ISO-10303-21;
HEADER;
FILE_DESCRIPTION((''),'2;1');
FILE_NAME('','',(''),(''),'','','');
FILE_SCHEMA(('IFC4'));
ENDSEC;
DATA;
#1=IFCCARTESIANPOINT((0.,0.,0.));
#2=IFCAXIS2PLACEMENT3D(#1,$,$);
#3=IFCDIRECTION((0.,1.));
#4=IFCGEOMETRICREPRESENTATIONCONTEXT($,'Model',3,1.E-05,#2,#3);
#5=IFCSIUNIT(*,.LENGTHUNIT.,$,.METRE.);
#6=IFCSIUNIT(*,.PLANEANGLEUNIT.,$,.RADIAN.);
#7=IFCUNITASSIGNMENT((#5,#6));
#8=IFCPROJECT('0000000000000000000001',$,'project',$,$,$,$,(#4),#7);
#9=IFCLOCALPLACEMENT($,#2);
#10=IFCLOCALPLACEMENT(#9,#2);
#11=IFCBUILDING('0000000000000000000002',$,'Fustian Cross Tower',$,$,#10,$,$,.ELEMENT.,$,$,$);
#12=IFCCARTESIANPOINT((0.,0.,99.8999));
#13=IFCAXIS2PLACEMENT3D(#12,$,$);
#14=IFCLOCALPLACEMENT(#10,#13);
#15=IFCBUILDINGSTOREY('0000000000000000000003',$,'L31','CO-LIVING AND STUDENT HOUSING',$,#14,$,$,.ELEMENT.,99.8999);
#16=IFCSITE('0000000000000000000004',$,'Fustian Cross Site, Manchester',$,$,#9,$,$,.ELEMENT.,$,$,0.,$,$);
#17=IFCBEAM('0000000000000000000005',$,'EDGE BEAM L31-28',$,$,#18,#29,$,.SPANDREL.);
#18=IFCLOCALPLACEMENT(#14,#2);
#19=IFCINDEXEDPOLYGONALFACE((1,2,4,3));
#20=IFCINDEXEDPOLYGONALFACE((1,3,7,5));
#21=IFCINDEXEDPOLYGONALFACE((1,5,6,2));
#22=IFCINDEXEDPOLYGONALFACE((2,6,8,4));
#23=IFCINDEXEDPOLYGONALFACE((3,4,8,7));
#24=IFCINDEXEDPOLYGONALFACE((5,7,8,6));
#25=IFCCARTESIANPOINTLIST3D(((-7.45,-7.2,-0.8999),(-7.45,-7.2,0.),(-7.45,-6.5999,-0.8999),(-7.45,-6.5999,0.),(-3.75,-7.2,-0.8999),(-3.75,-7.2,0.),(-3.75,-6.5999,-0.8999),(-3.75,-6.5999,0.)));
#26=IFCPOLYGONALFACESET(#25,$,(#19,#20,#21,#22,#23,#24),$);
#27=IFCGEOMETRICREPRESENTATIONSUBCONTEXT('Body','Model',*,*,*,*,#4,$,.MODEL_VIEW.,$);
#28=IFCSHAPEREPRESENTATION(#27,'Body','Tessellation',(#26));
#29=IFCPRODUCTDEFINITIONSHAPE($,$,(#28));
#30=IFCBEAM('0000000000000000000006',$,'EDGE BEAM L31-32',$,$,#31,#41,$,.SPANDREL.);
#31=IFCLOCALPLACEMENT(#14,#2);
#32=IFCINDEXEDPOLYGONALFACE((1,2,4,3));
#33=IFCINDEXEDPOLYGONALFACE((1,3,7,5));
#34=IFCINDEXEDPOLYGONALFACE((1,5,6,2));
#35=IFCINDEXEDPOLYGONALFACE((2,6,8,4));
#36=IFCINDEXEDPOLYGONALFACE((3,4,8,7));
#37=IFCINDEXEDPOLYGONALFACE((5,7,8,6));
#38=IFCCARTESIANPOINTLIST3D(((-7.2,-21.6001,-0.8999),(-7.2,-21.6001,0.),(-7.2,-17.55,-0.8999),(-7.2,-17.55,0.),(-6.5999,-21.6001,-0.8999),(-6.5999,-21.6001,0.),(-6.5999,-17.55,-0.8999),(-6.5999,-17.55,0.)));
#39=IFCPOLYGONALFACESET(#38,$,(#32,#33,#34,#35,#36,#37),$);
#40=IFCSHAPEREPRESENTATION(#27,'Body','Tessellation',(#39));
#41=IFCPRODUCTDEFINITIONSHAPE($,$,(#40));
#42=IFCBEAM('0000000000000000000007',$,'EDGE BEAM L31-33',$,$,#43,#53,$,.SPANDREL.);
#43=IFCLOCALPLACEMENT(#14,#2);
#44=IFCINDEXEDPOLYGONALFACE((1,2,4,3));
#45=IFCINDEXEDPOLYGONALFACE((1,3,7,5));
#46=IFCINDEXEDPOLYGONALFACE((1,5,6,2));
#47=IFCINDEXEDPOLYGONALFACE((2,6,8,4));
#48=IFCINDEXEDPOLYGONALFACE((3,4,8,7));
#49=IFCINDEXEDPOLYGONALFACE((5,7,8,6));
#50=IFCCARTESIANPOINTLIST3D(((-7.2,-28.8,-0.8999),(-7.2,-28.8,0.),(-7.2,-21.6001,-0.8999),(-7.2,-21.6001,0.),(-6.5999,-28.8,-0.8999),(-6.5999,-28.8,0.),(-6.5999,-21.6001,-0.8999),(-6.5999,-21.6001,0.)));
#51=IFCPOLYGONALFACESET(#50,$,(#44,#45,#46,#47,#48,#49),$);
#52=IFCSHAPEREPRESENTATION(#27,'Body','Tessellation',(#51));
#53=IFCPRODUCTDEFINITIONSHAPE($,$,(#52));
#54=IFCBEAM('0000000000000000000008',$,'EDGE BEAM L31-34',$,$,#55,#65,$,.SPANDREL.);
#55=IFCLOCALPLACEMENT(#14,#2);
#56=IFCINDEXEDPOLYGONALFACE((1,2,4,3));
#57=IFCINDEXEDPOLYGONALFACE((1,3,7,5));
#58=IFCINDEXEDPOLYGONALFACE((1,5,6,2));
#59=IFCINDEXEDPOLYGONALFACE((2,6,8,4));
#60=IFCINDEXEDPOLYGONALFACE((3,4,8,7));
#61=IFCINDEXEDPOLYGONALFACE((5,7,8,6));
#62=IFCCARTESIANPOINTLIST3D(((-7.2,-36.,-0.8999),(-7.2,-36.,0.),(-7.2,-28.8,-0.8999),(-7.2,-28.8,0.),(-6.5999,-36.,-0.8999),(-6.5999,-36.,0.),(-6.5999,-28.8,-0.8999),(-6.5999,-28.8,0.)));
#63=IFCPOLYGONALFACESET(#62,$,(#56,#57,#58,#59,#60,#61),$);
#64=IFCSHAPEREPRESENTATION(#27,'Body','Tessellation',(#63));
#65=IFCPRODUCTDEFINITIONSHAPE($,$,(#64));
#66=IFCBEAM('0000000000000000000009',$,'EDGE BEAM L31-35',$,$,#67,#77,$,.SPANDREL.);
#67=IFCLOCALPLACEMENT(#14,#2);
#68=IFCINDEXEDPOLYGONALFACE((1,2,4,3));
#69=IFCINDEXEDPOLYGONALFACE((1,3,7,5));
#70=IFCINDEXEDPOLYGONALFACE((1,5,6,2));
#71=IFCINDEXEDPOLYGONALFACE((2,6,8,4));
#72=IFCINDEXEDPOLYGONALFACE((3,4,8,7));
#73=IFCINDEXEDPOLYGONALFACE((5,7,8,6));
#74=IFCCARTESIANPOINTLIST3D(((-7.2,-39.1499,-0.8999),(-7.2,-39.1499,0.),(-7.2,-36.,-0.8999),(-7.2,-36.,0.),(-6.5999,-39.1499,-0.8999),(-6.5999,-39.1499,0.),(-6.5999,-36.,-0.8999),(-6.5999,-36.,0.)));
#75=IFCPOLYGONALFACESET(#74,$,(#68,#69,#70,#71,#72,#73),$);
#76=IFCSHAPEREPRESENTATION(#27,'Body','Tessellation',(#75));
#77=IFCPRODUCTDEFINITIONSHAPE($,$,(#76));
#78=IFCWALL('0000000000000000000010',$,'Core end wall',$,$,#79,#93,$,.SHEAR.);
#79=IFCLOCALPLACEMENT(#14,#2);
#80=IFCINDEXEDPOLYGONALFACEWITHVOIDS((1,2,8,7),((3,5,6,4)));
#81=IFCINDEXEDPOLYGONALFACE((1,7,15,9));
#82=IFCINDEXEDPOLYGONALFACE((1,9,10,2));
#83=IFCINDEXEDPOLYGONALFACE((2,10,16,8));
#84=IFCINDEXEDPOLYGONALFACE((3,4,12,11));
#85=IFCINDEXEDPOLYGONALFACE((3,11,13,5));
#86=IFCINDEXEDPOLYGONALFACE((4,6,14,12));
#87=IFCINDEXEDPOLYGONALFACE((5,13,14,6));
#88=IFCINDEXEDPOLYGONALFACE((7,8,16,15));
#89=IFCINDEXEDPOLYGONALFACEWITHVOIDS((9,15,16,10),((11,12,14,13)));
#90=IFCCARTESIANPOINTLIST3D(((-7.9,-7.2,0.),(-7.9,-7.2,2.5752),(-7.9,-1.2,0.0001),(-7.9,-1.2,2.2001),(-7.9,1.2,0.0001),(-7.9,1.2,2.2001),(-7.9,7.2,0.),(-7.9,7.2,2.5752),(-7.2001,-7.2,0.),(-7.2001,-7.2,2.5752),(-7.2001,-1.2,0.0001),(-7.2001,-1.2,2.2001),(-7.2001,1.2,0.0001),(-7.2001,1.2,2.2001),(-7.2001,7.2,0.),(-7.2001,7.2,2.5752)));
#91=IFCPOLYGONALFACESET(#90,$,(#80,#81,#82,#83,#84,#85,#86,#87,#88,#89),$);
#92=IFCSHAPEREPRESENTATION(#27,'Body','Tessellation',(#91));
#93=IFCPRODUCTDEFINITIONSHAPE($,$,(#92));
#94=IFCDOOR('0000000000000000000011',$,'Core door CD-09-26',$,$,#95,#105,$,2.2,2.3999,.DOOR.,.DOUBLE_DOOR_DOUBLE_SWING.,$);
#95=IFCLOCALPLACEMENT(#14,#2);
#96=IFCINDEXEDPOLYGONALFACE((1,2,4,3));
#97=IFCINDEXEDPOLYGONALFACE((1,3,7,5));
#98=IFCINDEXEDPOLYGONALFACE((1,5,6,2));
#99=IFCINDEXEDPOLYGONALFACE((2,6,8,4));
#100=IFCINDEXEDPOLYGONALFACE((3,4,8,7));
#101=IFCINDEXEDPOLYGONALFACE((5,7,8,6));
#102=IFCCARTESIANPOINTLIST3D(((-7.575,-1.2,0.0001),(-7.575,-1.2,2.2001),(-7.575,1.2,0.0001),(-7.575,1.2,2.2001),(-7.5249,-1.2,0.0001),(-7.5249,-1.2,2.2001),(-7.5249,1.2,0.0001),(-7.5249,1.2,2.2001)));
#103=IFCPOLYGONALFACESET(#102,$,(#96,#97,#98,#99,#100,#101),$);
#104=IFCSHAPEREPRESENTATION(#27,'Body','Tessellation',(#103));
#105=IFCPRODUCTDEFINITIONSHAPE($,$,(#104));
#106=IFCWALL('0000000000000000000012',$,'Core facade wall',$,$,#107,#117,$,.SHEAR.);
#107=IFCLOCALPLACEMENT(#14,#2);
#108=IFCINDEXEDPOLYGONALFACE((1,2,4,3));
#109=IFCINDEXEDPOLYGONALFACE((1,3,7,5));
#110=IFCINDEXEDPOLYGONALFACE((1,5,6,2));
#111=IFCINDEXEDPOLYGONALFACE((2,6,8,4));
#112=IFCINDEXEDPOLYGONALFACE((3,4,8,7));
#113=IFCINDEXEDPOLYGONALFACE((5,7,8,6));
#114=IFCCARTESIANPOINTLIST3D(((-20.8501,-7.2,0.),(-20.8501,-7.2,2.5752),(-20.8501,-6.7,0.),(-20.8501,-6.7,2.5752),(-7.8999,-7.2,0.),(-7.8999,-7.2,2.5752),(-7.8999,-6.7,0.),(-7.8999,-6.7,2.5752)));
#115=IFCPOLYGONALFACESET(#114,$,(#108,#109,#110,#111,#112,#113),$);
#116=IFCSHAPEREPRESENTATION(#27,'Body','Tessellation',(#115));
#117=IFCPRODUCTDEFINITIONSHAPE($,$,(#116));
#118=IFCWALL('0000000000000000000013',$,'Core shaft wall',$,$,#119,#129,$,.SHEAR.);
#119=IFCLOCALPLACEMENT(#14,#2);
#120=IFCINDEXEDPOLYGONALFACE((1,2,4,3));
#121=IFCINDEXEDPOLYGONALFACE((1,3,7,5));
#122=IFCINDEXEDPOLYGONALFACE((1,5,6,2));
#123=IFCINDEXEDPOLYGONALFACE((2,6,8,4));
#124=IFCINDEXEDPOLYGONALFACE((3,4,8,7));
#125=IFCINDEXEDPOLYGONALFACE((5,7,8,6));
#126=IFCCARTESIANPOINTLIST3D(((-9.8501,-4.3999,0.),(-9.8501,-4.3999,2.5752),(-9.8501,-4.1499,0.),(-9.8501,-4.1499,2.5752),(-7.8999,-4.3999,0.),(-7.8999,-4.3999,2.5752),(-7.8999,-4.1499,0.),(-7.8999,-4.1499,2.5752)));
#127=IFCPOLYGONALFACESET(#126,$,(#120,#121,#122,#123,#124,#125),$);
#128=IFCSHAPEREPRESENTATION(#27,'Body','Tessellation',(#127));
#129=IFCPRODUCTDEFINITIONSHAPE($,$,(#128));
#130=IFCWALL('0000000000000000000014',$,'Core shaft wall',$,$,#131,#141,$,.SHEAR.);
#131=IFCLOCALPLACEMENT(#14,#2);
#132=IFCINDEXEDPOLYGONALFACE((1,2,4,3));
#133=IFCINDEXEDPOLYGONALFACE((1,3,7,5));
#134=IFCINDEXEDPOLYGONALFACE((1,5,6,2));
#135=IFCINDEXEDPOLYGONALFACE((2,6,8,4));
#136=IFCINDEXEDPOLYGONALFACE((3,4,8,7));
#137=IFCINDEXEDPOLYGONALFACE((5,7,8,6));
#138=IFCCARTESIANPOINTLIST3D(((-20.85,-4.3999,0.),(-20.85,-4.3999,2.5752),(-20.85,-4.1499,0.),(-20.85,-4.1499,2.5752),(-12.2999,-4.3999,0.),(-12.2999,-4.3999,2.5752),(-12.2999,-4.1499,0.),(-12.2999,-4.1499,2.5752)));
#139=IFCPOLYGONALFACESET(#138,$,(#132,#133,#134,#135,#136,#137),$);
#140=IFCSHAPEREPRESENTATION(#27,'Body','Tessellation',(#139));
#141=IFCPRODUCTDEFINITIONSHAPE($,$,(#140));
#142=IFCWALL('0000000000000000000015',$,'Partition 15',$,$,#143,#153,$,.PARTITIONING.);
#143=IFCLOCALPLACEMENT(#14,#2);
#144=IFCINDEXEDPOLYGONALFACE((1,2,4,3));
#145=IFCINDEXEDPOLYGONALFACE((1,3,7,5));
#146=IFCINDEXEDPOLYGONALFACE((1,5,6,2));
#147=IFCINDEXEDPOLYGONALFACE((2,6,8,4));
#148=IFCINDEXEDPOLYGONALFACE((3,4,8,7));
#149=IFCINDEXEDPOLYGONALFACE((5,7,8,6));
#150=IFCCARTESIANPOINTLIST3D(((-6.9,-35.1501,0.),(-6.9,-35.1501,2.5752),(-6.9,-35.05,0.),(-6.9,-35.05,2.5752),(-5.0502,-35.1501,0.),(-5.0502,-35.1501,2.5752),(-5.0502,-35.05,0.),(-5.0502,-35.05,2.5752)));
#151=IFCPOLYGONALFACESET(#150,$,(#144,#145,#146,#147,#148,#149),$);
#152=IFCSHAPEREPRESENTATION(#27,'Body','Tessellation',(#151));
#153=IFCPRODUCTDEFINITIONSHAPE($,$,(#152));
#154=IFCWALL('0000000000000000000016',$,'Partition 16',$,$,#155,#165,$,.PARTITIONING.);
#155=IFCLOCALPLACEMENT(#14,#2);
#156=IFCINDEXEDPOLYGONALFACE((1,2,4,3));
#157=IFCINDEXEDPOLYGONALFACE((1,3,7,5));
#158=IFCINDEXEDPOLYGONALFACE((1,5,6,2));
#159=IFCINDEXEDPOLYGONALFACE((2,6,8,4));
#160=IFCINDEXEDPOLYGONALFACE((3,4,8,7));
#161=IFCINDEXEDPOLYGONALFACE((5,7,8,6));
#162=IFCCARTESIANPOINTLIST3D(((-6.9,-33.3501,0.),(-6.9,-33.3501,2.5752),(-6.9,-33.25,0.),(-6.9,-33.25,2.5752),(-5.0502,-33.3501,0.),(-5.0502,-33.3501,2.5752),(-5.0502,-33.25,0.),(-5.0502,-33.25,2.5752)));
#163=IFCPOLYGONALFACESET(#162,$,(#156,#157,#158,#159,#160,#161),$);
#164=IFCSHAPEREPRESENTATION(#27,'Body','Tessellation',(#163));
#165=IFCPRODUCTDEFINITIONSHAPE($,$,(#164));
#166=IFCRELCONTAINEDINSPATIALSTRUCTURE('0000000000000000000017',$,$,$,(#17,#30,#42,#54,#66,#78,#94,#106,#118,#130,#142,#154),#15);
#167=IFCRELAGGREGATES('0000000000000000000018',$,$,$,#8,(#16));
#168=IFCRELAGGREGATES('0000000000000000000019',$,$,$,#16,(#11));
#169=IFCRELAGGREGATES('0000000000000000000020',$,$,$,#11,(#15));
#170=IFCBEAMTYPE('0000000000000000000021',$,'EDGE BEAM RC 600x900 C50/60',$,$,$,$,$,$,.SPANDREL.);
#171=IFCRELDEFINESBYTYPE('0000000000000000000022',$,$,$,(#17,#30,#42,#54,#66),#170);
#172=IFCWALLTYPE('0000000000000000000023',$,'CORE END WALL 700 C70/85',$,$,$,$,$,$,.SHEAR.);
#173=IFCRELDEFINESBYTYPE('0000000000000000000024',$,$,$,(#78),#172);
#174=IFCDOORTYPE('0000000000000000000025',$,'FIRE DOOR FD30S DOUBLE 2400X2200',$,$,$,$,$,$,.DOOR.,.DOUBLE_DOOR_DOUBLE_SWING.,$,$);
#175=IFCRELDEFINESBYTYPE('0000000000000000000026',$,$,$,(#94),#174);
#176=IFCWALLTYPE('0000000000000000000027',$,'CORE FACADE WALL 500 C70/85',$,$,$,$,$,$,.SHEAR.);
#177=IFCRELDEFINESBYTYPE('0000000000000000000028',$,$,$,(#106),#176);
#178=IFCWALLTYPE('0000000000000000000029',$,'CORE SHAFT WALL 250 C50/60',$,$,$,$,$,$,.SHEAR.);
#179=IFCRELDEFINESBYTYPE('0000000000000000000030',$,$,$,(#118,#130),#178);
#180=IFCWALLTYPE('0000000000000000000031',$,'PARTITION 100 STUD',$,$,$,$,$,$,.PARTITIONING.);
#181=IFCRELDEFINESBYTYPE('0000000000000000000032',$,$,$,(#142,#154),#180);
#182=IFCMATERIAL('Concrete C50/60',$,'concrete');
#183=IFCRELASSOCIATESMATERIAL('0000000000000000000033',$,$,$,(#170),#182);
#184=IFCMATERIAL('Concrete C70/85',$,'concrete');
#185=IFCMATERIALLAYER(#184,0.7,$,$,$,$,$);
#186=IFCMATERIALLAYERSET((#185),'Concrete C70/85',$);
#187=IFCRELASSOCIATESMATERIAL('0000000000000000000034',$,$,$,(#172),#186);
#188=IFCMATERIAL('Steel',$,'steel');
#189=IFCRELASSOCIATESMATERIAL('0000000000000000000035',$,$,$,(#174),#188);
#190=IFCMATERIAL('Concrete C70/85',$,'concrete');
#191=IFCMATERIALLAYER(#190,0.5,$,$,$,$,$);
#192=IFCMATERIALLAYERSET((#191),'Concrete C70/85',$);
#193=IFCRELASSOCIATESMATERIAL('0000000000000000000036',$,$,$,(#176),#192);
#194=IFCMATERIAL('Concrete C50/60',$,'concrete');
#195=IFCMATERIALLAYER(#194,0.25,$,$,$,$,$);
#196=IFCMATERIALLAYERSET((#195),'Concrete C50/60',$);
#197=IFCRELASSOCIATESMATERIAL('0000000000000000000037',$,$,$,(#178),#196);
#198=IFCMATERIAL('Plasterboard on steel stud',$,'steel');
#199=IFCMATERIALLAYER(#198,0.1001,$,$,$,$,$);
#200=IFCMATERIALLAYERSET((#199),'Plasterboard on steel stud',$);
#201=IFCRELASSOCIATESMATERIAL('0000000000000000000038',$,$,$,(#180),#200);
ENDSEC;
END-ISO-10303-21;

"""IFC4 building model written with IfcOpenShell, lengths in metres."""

from ifc_helpers import new_model, si_unit, direction, frame, frame_2d, origin, origin_2d, place, context, subcontext, project, spatial, rectangle, extrude, material, layer, layer_set, material_profile, profile_set, type_object, element, fill, save


model = new_model("IFC4")

# Units and contexts
model_context = context("Model", 3, precision=1e-05, world=origin(), true_north=direction((0.0, 1.0)))
body_context = subcontext(model_context, "Body", "Model", "MODEL_VIEW")
ifc_project = project(units=[si_unit("LENGTHUNIT", "METRE"), si_unit("PLANEANGLEUNIT", "RADIAN")], contexts=[model_context])

# Site, building, storey
site_placement = place(None, origin())
site = spatial("IfcSite", under=ifc_project, at=site_placement, Name="Fustian Cross Site, Manchester", CompositionType="ELEMENT", RefElevation=0.0)
building_placement = place(site_placement, origin())
building = spatial("IfcBuilding", under=site, at=building_placement, Name="Fustian Cross Tower", CompositionType="ELEMENT")
storey_placement = place(building_placement, frame((0.0, 0.0, 99.8999)))
storey = spatial("IfcBuildingStorey", under=building, at=storey_placement, Name="L31", Description="CO-LIVING AND STUDENT HOUSING", CompositionType="ELEMENT", Elevation=99.8999)

# Beams
ifc_material_1 = material(Name="Concrete C50/60", Category="concrete")
ifc_material_profile = material_profile(ifc_material_1, rectangle(XDim=0.6001, YDim=0.8999, at=origin_2d()), Name="RC 600x900")
ifc_profile_set = profile_set([ifc_material_profile], Name="Concrete C50/60")
beam_type = type_object("IfcBeamType", Name="EDGE BEAM RC 600x900 C50/60", PredefinedType="SPANDREL", material=ifc_profile_set)
beam_1_placement = place(storey_placement, frame((-7.45, -6.8999, -0.45), z_axis=(1.0, 0.0, 0.0), x_axis=(0.0, 1.0, 0.0)))
element("IfcBeam", 1, at=beam_1_placement, inside=storey, type_object=beam_type, Name="EDGE BEAM L31-28", PredefinedType="SPANDREL", context=body_context, shape_type="SweptSolid", body=[
    extrude(rectangle(XDim=0.6001, YDim=0.8999, at=origin_2d()), origin(), (0.0, 0.0, 1.0), 3.7),
])
beam_2_placement = place(storey_placement, frame((-6.8999, -17.55, -0.45), z_axis=(0.0, -1.0, 0.0), x_axis=(1.0, 0.0, 0.0)))
element("IfcBeam", 2, at=beam_2_placement, inside=storey, type_object=beam_type, Name="EDGE BEAM L31-32", PredefinedType="SPANDREL", context=body_context, shape_type="SweptSolid", body=[
    extrude(rectangle(XDim=0.6001, YDim=0.8999, at=origin_2d()), origin(), (0.0, 0.0, 1.0), 4.05),
])
for number, where, z_axis, x_axis, name in (
    (3, (-6.8999, -21.6001, -0.45), (0.0, -1.0, 0.0), (1.0, 0.0, 0.0), "EDGE BEAM L31-33"),
    (4, (-6.8999, -28.8, -0.45), (0.0, -1.0, 0.0), (1.0, 0.0, 0.0), "EDGE BEAM L31-34"),
):
    element("IfcBeam", number, at=place(storey_placement, frame(where, z_axis=z_axis, x_axis=x_axis)), inside=storey, type_object=beam_type, Name=name, PredefinedType="SPANDREL", context=body_context, shape_type="SweptSolid", body=[
        extrude(rectangle(XDim=0.6001, YDim=0.8999, at=origin_2d()), origin(), (0.0, 0.0, 1.0), 7.2),
    ])
beam_3_placement = place(storey_placement, frame((-6.8999, -36.0, -0.45), z_axis=(0.0, -1.0, 0.0), x_axis=(1.0, 0.0, 0.0)))
element("IfcBeam", 5, at=beam_3_placement, inside=storey, type_object=beam_type, Name="EDGE BEAM L31-35", PredefinedType="SPANDREL", context=body_context, shape_type="SweptSolid", body=[
    extrude(rectangle(XDim=0.6001, YDim=0.8999, at=origin_2d()), origin(), (0.0, 0.0, 1.0), 3.1499),
])

# Wall, opening, door
ifc_material_2 = material(Name="Concrete C70/85", Category="concrete")
ifc_layer_1 = layer(ifc_material_2, 0.7)
ifc_layer_set_1 = layer_set([ifc_layer_1], Name="Concrete C70/85")
wall_type_1 = type_object("IfcWallType", Name="CORE END WALL 700 C70/85", PredefinedType="SHEAR", material=ifc_layer_set_1)
wall_1_placement = place(storey_placement, frame((-7.55, -7.2, 0.0), z_axis=(0.0, 0.0, 1.0), x_axis=(0.0, 1.0, 0.0)))
wall_1 = element("IfcWall", 6, at=wall_1_placement, inside=storey, type_object=wall_type_1, Name="Core end wall", PredefinedType="SHEAR", context=body_context, shape_type="SweptSolid", body=[
    extrude(rectangle(XDim=14.3999, YDim=0.7, at=frame_2d((7.2, 0.0))), origin(), (0.0, 0.0, 1.0), 2.5752),
])
opening_1_placement = place(wall_1_placement, frame((6.0, 0.0, 0.0)))
opening_1 = element("IfcOpeningElement", 7, at=opening_1_placement, cuts=wall_1, PredefinedType="OPENING", context=body_context, shape_type="SweptSolid", body=[
    extrude(rectangle(XDim=2.3999, YDim=2.2, at=frame_2d((1.2, 1.1001))), frame((0.0, 0.3599, 0.0), z_axis=(0.0, -1.0, 0.0), x_axis=(1.0, 0.0, 0.0)), (0.0, 0.0, 1.0), 0.72),
])
ifc_material_3 = material(Name="Steel", Category="steel")
door_type_1 = type_object("IfcDoorType", Name="FIRE DOOR FD30S DOUBLE 2400X2200", OperationType="DOUBLE_DOOR_DOUBLE_SWING", PredefinedType="DOOR", material=ifc_material_3)
door_1_placement = place(opening_1_placement, origin())
door_1 = element("IfcDoor", 8, at=door_1_placement, inside=storey, type_object=door_type_1, Name="Core door CD-09-26", OperationType="DOUBLE_DOOR_DOUBLE_SWING", OverallHeight=2.2, OverallWidth=2.3999, PredefinedType="DOOR", context=body_context, shape_type="SweptSolid", body=[
    extrude(rectangle(XDim=2.3999, YDim=2.2, at=frame_2d((1.2, 1.1001))), frame((0.0, 0.0249, 0.0), z_axis=(0.0, -1.0, 0.0), x_axis=(1.0, 0.0, 0.0)), (0.0, 0.0, 1.0), 0.05),
])
fill(opening_1, door_1)

# Walls
ifc_material_4 = material(Name="Concrete C70/85", Category="concrete")
ifc_layer_2 = layer(ifc_material_4, 0.5)
ifc_layer_set_2 = layer_set([ifc_layer_2], Name="Concrete C70/85")
wall_type_2 = type_object("IfcWallType", Name="CORE FACADE WALL 500 C70/85", PredefinedType="SHEAR", material=ifc_layer_set_2)
wall_2_placement = place(storey_placement, frame((-7.8999, -6.95, 0.0), z_axis=(0.0, 0.0, 1.0), x_axis=(-1.0, 0.0, 0.0)))
element("IfcWall", 9, at=wall_2_placement, inside=storey, type_object=wall_type_2, Name="Core facade wall", PredefinedType="SHEAR", context=body_context, shape_type="SweptSolid", body=[
    extrude(rectangle(XDim=12.9502, YDim=0.5, at=frame_2d((6.4751, 0.0))), origin(), (0.0, 0.0, 1.0), 2.5752),
])
ifc_material_5 = material(Name="Concrete C50/60", Category="concrete")
ifc_layer_3 = layer(ifc_material_5, 0.25)
ifc_layer_set_3 = layer_set([ifc_layer_3], Name="Concrete C50/60")
wall_type_3 = type_object("IfcWallType", Name="CORE SHAFT WALL 250 C50/60", PredefinedType="SHEAR", material=ifc_layer_set_3)
wall_3_placement = place(storey_placement, frame((-7.8999, -4.2749, 0.0), z_axis=(0.0, 0.0, 1.0), x_axis=(-1.0, 0.0, 0.0)))
element("IfcWall", 10, at=wall_3_placement, inside=storey, type_object=wall_type_3, Name="Core shaft wall", PredefinedType="SHEAR", context=body_context, shape_type="SweptSolid", body=[
    extrude(rectangle(XDim=1.9502, YDim=0.25, at=frame_2d((0.9751, 0.0))), origin(), (0.0, 0.0, 1.0), 2.5752),
])
wall_4_placement = place(storey_placement, frame((-12.3, -4.2749, 0.0), z_axis=(0.0, 0.0, 1.0), x_axis=(-1.0, 0.0, 0.0)))
element("IfcWall", 11, at=wall_4_placement, inside=storey, type_object=wall_type_3, Name="Core shaft wall", PredefinedType="SHEAR", context=body_context, shape_type="SweptSolid", body=[
    extrude(rectangle(XDim=8.55, YDim=0.25, at=frame_2d((4.2749, 0.0))), origin(), (0.0, 0.0, 1.0), 2.5752),
])
ifc_material_6 = material(Name="Plasterboard on steel stud", Category="steel")
ifc_layer_4 = layer(ifc_material_6, 0.1001)
ifc_layer_set_4 = layer_set([ifc_layer_4], Name="Plasterboard on steel stud")
wall_type_4 = type_object("IfcWallType", Name="PARTITION 100 STUD", PredefinedType="PARTITIONING", material=ifc_layer_set_4)
for number, where, z_axis, x_axis, name in (
    (12, (-6.8999, -35.1001, 0.0), (0.0, 0.0, 1.0), (1.0, 0.0, 0.0), "Partition 15"),
    (13, (-6.8999, -33.3, 0.0), (0.0, 0.0, 1.0), (1.0, 0.0, 0.0), "Partition 16"),
):
    element("IfcWall", number, at=place(storey_placement, frame(where, z_axis=z_axis, x_axis=x_axis)), inside=storey, type_object=wall_type_4, Name=name, PredefinedType="PARTITIONING", context=body_context, shape_type="SweptSolid", body=[
        extrude(rectangle(XDim=1.8499, YDim=0.1001, at=frame_2d((0.9248, 0.0))), origin(), (0.0, 0.0, 1.0), 2.5752),
    ])

save(model, "model.ifc")
